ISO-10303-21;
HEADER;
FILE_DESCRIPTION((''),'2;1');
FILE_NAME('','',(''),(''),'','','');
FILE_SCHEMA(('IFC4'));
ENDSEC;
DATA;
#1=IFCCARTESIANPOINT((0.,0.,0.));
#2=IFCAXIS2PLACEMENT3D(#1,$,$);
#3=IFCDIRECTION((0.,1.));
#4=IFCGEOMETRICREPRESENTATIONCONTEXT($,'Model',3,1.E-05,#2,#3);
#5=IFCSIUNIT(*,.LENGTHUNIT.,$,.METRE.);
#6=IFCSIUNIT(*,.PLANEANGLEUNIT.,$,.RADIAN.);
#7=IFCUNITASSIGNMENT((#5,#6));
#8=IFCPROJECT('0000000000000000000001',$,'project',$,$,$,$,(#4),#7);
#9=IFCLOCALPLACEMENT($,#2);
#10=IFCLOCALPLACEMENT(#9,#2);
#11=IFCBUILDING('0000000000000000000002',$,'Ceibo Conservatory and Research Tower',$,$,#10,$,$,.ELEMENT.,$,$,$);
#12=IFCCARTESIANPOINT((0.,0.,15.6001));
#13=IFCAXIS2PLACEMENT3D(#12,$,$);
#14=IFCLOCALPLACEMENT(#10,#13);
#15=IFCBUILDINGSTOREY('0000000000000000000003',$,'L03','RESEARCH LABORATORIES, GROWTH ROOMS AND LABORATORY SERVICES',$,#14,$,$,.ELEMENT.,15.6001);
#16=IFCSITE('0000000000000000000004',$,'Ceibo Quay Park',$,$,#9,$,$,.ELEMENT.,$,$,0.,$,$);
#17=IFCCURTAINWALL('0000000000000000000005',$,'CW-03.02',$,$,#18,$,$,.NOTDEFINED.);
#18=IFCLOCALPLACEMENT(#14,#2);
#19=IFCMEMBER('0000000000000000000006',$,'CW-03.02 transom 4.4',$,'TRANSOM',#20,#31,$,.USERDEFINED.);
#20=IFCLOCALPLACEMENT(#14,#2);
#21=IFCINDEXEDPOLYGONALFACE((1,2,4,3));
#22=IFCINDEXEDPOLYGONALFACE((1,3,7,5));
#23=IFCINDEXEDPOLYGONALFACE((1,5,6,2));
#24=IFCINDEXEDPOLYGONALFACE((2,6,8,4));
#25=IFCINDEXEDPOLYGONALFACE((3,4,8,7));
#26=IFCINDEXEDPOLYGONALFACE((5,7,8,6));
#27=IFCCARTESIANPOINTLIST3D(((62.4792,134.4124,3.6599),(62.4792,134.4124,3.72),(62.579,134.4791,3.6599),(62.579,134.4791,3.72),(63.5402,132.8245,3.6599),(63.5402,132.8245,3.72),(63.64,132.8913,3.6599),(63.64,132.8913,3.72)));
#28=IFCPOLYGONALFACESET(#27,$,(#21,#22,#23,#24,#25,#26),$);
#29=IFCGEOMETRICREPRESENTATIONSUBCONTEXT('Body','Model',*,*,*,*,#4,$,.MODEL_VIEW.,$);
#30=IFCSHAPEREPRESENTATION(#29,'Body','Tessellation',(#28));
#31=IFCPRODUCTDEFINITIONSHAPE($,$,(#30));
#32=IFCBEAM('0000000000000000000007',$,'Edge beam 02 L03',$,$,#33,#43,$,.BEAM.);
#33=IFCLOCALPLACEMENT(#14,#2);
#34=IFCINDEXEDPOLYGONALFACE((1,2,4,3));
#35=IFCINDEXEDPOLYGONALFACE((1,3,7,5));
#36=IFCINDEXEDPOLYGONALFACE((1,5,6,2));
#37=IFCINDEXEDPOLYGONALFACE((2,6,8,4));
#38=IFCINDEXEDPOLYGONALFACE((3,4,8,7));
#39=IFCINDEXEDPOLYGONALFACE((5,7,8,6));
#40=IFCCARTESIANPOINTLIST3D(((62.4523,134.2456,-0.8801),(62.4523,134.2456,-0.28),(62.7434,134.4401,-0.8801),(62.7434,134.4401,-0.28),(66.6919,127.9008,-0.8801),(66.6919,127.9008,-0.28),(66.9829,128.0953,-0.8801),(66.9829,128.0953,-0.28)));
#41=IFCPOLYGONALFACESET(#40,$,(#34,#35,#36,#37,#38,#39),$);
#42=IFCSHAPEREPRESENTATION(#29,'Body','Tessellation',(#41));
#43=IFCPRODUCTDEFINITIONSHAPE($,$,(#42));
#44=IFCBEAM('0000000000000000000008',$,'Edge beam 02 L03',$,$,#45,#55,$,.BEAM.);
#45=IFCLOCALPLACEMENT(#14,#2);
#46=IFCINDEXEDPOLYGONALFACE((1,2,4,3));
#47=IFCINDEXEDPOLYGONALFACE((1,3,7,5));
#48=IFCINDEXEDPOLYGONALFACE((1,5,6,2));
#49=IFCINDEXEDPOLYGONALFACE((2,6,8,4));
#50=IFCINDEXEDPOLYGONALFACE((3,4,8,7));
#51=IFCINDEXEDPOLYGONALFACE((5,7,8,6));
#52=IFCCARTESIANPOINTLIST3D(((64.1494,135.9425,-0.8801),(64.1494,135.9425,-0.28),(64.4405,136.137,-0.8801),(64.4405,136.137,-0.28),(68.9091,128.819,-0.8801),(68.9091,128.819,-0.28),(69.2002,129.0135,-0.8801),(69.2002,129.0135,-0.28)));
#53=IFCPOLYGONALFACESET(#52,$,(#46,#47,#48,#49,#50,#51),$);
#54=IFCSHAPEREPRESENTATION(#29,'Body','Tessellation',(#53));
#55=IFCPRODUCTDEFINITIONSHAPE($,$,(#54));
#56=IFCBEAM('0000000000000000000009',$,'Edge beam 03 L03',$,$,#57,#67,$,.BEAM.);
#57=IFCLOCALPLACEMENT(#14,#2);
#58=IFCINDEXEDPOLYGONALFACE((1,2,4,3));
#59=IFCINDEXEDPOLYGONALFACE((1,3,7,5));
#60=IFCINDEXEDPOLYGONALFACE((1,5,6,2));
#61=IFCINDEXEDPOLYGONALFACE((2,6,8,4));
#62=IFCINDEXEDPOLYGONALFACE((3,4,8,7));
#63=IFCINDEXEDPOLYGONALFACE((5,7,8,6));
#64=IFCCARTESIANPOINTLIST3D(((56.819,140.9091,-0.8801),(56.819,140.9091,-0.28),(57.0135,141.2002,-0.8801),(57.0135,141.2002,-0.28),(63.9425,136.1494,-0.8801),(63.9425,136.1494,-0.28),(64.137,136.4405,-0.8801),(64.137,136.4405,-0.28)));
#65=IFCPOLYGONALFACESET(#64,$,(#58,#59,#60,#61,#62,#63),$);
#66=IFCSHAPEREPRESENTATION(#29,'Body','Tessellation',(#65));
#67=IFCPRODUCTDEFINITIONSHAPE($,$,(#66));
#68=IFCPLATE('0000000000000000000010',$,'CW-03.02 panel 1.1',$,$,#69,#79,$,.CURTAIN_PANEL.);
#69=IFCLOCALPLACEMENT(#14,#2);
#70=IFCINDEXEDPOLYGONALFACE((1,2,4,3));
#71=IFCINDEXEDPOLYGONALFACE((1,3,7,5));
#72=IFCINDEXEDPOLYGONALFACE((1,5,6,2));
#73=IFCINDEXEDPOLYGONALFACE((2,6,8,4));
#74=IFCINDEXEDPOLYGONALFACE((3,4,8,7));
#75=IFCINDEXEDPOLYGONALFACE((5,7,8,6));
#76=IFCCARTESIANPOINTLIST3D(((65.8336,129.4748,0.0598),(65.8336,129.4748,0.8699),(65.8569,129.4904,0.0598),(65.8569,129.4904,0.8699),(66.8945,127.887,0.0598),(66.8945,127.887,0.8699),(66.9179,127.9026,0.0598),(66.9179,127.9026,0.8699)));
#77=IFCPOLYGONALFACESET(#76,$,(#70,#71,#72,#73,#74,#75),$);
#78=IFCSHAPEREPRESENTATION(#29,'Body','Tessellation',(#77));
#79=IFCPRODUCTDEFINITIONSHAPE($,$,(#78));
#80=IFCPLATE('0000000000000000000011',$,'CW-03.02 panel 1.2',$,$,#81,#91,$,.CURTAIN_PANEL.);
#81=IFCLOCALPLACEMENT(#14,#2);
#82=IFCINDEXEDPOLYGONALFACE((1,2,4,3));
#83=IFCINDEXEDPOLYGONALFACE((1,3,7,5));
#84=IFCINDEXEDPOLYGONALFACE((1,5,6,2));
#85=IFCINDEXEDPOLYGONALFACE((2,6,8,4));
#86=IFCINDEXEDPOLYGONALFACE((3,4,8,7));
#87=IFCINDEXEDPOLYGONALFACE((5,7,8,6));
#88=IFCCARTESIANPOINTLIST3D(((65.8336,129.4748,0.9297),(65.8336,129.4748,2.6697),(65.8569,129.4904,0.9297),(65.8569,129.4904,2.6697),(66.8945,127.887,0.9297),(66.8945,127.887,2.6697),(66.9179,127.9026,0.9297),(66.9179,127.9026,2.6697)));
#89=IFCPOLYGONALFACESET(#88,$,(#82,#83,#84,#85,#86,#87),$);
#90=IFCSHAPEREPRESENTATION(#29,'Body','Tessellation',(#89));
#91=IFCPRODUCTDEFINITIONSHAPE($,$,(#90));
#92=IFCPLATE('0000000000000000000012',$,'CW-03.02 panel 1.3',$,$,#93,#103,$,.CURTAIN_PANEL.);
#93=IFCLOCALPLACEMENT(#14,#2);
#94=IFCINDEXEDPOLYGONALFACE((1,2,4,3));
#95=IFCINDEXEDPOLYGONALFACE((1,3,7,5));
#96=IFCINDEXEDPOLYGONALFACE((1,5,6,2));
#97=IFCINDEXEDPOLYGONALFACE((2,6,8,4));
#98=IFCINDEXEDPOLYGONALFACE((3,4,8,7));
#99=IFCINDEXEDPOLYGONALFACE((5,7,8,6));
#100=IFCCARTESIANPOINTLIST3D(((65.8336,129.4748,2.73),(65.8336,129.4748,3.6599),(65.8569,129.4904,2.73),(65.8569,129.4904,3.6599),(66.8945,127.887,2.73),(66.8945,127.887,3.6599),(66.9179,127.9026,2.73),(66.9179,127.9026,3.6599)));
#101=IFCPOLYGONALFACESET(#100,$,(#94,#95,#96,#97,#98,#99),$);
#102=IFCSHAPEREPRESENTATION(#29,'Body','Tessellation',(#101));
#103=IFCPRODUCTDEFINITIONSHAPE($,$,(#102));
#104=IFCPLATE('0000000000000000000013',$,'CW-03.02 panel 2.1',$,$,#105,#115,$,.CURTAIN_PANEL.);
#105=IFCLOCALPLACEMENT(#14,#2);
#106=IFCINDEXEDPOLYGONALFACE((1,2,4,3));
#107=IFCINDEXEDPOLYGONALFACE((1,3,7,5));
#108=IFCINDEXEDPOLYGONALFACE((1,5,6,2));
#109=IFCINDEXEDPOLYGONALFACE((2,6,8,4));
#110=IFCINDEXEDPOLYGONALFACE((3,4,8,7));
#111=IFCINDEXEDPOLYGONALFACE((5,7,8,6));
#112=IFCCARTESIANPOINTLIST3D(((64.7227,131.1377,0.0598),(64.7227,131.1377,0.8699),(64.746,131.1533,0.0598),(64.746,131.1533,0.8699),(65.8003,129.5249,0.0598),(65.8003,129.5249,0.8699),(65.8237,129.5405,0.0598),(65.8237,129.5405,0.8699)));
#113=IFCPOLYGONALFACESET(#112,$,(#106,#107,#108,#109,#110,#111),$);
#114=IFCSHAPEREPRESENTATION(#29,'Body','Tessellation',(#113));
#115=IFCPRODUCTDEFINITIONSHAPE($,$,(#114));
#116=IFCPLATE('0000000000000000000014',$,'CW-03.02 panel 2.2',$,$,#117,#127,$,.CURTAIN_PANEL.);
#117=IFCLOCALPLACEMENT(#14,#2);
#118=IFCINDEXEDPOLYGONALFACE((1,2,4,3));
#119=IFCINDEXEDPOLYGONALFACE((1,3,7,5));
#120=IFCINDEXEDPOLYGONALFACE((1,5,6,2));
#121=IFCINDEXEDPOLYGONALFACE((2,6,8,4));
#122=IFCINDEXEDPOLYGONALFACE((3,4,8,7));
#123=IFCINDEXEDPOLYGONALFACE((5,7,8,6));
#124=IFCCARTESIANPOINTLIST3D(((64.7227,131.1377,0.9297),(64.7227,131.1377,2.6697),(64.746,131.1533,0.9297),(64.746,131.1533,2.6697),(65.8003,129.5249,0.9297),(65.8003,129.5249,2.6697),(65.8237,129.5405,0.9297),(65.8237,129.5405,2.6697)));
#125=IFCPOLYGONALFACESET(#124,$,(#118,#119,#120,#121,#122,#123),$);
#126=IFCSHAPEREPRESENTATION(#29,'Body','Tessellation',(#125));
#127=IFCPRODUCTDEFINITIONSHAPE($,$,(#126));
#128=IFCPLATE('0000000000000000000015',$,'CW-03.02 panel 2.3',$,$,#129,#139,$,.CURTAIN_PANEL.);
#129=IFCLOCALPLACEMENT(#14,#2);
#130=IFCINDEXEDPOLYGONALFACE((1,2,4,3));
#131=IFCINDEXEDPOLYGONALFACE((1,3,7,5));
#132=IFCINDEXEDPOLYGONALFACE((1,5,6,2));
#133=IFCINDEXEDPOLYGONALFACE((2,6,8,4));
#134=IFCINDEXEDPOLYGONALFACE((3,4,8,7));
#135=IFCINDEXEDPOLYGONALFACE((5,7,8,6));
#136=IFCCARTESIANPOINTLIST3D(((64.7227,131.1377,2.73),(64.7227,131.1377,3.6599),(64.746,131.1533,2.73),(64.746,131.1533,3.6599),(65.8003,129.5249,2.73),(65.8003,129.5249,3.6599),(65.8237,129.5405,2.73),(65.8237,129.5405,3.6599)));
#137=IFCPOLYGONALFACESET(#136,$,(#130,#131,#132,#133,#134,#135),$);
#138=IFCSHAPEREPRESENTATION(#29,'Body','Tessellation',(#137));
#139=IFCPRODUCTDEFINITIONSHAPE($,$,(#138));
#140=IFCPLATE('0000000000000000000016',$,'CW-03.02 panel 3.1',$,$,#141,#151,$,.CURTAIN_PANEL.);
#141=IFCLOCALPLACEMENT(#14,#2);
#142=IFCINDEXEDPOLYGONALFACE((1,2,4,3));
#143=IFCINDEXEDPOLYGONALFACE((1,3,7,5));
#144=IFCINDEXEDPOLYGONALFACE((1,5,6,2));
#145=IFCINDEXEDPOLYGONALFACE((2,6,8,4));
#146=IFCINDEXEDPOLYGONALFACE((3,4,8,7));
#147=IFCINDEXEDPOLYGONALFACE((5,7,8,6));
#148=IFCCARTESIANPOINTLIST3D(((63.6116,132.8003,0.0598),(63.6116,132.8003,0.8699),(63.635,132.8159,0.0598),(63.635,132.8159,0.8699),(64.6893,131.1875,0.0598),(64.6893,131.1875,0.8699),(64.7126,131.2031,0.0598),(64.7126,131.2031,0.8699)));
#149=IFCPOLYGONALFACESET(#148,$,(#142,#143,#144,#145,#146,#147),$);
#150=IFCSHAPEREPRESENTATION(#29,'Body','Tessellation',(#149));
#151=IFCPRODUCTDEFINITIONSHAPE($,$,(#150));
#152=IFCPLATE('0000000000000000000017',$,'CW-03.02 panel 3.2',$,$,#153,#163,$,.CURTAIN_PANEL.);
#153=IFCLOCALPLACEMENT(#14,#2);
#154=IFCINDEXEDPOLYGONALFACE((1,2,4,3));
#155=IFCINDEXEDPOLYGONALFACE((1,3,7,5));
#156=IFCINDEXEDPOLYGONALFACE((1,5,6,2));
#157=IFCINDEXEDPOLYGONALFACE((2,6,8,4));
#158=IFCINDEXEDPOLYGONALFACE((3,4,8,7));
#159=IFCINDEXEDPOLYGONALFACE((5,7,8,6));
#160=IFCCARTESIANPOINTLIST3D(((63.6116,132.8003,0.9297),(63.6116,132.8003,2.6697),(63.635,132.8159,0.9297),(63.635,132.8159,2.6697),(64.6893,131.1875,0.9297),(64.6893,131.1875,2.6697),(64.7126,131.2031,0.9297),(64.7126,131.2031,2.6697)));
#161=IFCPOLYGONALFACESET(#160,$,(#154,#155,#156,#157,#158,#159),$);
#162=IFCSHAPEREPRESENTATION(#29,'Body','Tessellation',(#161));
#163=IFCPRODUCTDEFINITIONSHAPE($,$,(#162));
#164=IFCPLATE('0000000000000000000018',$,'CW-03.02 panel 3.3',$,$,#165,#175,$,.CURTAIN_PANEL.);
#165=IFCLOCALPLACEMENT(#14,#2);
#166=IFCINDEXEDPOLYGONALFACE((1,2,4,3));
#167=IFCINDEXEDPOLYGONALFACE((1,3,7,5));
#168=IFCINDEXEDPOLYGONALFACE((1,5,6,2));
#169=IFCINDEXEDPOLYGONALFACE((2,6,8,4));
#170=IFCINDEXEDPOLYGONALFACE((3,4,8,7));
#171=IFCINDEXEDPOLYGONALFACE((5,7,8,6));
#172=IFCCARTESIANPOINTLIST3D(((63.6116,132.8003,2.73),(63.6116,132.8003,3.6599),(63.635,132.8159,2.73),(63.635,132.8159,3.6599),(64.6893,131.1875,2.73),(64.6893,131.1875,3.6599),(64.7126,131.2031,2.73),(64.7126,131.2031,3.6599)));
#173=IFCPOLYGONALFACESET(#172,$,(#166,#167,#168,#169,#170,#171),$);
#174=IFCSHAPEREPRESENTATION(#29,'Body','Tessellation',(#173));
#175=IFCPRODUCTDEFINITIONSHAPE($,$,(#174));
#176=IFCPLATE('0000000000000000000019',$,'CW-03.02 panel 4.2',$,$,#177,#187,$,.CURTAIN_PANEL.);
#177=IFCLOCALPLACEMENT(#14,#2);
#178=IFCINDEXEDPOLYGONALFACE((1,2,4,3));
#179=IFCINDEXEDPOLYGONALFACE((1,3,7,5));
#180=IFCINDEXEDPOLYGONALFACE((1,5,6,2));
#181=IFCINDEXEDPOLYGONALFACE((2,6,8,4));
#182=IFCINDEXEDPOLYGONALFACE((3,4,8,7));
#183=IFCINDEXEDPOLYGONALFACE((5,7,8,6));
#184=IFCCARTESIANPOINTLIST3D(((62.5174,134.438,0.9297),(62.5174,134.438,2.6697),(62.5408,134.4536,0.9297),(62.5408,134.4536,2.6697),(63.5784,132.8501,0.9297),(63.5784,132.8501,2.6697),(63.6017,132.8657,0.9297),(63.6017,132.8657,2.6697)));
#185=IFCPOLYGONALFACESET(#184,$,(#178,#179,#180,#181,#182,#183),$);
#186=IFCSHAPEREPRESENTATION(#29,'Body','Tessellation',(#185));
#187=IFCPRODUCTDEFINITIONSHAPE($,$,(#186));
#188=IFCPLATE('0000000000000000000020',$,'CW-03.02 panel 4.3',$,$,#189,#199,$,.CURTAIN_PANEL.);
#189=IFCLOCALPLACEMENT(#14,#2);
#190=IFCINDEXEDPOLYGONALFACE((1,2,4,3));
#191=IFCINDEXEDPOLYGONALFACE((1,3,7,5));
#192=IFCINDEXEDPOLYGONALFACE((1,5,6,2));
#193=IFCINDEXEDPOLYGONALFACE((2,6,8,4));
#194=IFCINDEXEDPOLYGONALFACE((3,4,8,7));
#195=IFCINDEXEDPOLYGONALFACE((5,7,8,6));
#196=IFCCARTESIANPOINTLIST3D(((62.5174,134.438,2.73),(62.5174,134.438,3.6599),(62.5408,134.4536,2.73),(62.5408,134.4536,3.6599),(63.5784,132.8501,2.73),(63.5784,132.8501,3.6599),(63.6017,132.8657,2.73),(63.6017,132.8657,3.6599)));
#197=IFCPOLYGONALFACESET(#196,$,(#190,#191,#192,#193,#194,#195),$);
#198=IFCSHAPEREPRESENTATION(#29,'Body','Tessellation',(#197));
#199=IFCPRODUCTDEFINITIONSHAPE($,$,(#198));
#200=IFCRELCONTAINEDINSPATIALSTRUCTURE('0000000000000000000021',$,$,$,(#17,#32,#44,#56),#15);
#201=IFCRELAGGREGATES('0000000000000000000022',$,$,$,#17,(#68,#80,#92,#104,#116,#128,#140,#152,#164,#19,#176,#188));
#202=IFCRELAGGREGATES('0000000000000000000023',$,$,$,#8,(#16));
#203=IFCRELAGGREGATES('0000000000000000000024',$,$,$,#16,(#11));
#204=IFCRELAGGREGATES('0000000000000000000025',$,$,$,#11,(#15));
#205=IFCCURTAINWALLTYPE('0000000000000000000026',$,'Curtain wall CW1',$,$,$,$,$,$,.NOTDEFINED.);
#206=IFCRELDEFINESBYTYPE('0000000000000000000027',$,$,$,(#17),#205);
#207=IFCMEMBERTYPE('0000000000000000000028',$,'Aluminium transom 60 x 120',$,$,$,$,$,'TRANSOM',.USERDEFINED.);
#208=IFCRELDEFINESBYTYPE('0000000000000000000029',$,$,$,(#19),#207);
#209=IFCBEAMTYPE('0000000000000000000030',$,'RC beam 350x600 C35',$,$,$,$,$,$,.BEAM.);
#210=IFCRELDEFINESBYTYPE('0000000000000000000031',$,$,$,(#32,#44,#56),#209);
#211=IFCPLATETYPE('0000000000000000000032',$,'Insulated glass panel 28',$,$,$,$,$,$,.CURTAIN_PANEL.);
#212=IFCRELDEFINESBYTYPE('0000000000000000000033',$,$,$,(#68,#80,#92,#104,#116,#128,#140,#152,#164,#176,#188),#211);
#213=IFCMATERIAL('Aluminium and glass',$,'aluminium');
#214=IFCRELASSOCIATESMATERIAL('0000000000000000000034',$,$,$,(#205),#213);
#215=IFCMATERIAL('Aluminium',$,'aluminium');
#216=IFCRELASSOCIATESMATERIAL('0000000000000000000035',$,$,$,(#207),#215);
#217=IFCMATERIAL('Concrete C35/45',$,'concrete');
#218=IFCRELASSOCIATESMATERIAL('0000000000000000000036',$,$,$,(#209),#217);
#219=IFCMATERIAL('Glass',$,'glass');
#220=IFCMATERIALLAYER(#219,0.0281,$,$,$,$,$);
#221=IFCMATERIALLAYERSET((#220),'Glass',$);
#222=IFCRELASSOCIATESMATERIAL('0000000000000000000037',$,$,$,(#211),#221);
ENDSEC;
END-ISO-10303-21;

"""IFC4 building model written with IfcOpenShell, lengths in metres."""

from ifc_helpers import new_model, si_unit, direction, frame, origin, origin_2d, place, context, subcontext, project, spatial, rectangle, extrude, material, layer, layer_set, material_profile, profile_set, type_object, element, aggregate, save


model = new_model("IFC4")

# Units and contexts
model_context = context("Model", 3, precision=1e-05, world=origin(), true_north=direction((0.0, 1.0)))
body_context = subcontext(model_context, "Body", "Model", "MODEL_VIEW")
ifc_project = project(units=[si_unit("LENGTHUNIT", "METRE"), si_unit("PLANEANGLEUNIT", "RADIAN")], contexts=[model_context])

# Site, building, storey
site_placement = place(None, origin())
site = spatial("IfcSite", under=ifc_project, at=site_placement, Name="Ceibo Quay Park", CompositionType="ELEMENT", RefElevation=0.0)
building_placement = place(site_placement, origin())
building = spatial("IfcBuilding", under=site, at=building_placement, Name="Ceibo Conservatory and Research Tower", CompositionType="ELEMENT")
storey_placement = place(building_placement, frame((0.0, 0.0, 15.6001)))
storey = spatial("IfcBuildingStorey", under=building, at=storey_placement, Name="L03", Description="RESEARCH LABORATORIES, GROWTH ROOMS AND LABORATORY SERVICES", CompositionType="ELEMENT", Elevation=15.6001)

# Curtain wall, member
ifc_material_1 = material(Name="Aluminium and glass", Category="aluminium")
curtain_wall_type = type_object("IfcCurtainWallType", Name="Curtain wall CW1", PredefinedType="NOTDEFINED", material=ifc_material_1)
curtain_wall_placement = place(storey_placement, origin())
curtain_wall = element("IfcCurtainWall", 1, at=curtain_wall_placement, inside=storey, type_object=curtain_wall_type, Name="CW-03.02", PredefinedType="NOTDEFINED")
ifc_material_2 = material(Name="Aluminium", Category="aluminium")
ifc_material_profile_1 = material_profile(ifc_material_2, rectangle(XDim=0.1201, YDim=0.0601, at=origin_2d()), Name="Aluminium 60 x 120")
ifc_profile_set_1 = profile_set([ifc_material_profile_1], Name="Aluminium")
member_type_1 = type_object("IfcMemberType", Name="Aluminium transom 60 x 120", ElementType="TRANSOM", PredefinedType="USERDEFINED", material=ifc_profile_set_1)
member_1_placement = place(storey_placement, frame((63.5901, 132.8579, 3.6899), z_axis=(-0.555585, 0.83146, 0.0), x_axis=(-0.83146, -0.555585, 0.0)))
member_1 = element("IfcMember", 2, at=member_1_placement, type_object=member_type_1, Name="CW-03.02 transom 4.4", ObjectType="TRANSOM", PredefinedType="USERDEFINED", context=body_context, shape_type="SweptSolid", body=[
    extrude(rectangle(XDim=0.1201, YDim=0.0601, at=origin_2d()), origin(), (0.0, 0.0, 1.0), 1.9097),
])

# Beams
ifc_material_3 = material(Name="Concrete C35/45", Category="concrete")
ifc_material_profile_2 = material_profile(ifc_material_3, rectangle(XDim=0.3501, YDim=0.6001, at=origin_2d()), Name="RC 350x600")
ifc_profile_set_2 = profile_set([ifc_material_profile_2], Name="Concrete C35/45")
beam_type = type_object("IfcBeamType", Name="RC beam 350x600 C35", PredefinedType="BEAM", material=ifc_profile_set_2)
beam_placement = place(storey_placement, frame((66.8374, 127.998, -0.5801), z_axis=(-0.555578, 0.831464, 0.0), x_axis=(-0.831464, -0.555578, 0.0)))
element("IfcBeam", 3, at=beam_placement, inside=storey, type_object=beam_type, Name="Edge beam 02 L03", PredefinedType="BEAM", context=body_context, shape_type="SweptSolid", body=[
    extrude(rectangle(XDim=0.3501, YDim=0.6001, at=origin_2d()), origin(), (0.0, 0.0, 1.0), 7.6309),
])
for number, where, z_axis, x_axis, name in (
    (4, (69.0547, 128.9163, -0.5801), (-0.555568, 0.831471, 0.0), (-0.831471, -0.555568, 0.0), "Edge beam 02 L03"),
    (5, (64.0398, 136.2949, -0.5801), (-0.831471, 0.555568, 0.0), (-0.555568, -0.831471, 0.0), "Edge beam 03 L03"),
):
    element("IfcBeam", number, at=place(storey_placement, frame(where, z_axis=z_axis, x_axis=x_axis)), inside=storey, type_object=beam_type, Name=name, PredefinedType="BEAM", context=body_context, shape_type="SweptSolid", body=[
        extrude(rectangle(XDim=0.3501, YDim=0.6001, at=origin_2d()), origin(), (0.0, 0.0, 1.0), 8.5674),
    ])

# Plates
ifc_material_4 = material(Name="Glass", Category="glass")
ifc_layer_1 = layer(ifc_material_4, 0.0281)
ifc_layer_set_1 = layer_set([ifc_layer_1], Name="Glass")
plate_type = type_object("IfcPlateType", Name="Insulated glass panel 28", PredefinedType="CURTAIN_PANEL", material=ifc_layer_set_1)
plate_1_placement = place(storey_placement, frame((66.3757, 128.6887, 0.0598), z_axis=(0.0, 0.0, 1.0), x_axis=(-0.55557, 0.83147, 0.0)))
plate_1 = element("IfcPlate", 6, at=plate_1_placement, type_object=plate_type, Name="CW-03.02 panel 1.1", PredefinedType="CURTAIN_PANEL", context=body_context, shape_type="SweptSolid", body=[
    extrude(rectangle(XDim=1.9097, YDim=0.0281, at=origin_2d()), origin(), (0.0, 0.0, 1.0), 0.8101),
])
plate_2_placement = place(storey_placement, frame((66.3757, 128.6887, 0.9297), z_axis=(0.0, 0.0, 1.0), x_axis=(-0.55557, 0.83147, 0.0)))
plate_2 = element("IfcPlate", 7, at=plate_2_placement, type_object=plate_type, Name="CW-03.02 panel 1.2", PredefinedType="CURTAIN_PANEL", context=body_context, shape_type="SweptSolid", body=[
    extrude(rectangle(XDim=1.9097, YDim=0.0281, at=origin_2d()), origin(), (0.0, 0.0, 1.0), 1.74),
])
plate_3_placement = place(storey_placement, frame((66.3757, 128.6887, 2.73), z_axis=(0.0, 0.0, 1.0), x_axis=(-0.55557, 0.83147, 0.0)))
plate_3 = element("IfcPlate", 8, at=plate_3_placement, type_object=plate_type, Name="CW-03.02 panel 1.3", PredefinedType="CURTAIN_PANEL", context=body_context, shape_type="SweptSolid", body=[
    extrude(rectangle(XDim=1.9097, YDim=0.0281, at=origin_2d()), origin(), (0.0, 0.0, 1.0), 0.9299),
])
plate_4_placement = place(storey_placement, frame((65.2732, 130.3391, 0.0598), z_axis=(0.0, 0.0, 1.0), x_axis=(-0.55557, 0.83147, 0.0)))
plate_4 = element("IfcPlate", 9, at=plate_4_placement, type_object=plate_type, Name="CW-03.02 panel 2.1", PredefinedType="CURTAIN_PANEL", context=body_context, shape_type="SweptSolid", body=[
    extrude(rectangle(XDim=1.9397, YDim=0.0281, at=origin_2d()), origin(), (0.0, 0.0, 1.0), 0.8101),
])
plate_5_placement = place(storey_placement, frame((65.2732, 130.3391, 0.9297), z_axis=(0.0, 0.0, 1.0), x_axis=(-0.55557, 0.83147, 0.0)))
plate_5 = element("IfcPlate", 10, at=plate_5_placement, type_object=plate_type, Name="CW-03.02 panel 2.2", PredefinedType="CURTAIN_PANEL", context=body_context, shape_type="SweptSolid", body=[
    extrude(rectangle(XDim=1.9397, YDim=0.0281, at=origin_2d()), origin(), (0.0, 0.0, 1.0), 1.74),
])
plate_6_placement = place(storey_placement, frame((65.2732, 130.3391, 2.73), z_axis=(0.0, 0.0, 1.0), x_axis=(-0.55557, 0.83147, 0.0)))
plate_6 = element("IfcPlate", 11, at=plate_6_placement, type_object=plate_type, Name="CW-03.02 panel 2.3", PredefinedType="CURTAIN_PANEL", context=body_context, shape_type="SweptSolid", body=[
    extrude(rectangle(XDim=1.9397, YDim=0.0281, at=origin_2d()), origin(), (0.0, 0.0, 1.0), 0.9299),
])
plate_7_placement = place(storey_placement, frame((64.1621, 132.0017, 0.0598), z_axis=(0.0, 0.0, 1.0), x_axis=(-0.55557, 0.83147, 0.0)))
plate_7 = element("IfcPlate", 12, at=plate_7_placement, type_object=plate_type, Name="CW-03.02 panel 3.1", PredefinedType="CURTAIN_PANEL", context=body_context, shape_type="SweptSolid", body=[
    extrude(rectangle(XDim=1.9397, YDim=0.0281, at=origin_2d()), origin(), (0.0, 0.0, 1.0), 0.8101),
])
plate_8_placement = place(storey_placement, frame((64.1621, 132.0017, 0.9297), z_axis=(0.0, 0.0, 1.0), x_axis=(-0.55557, 0.83147, 0.0)))
plate_8 = element("IfcPlate", 13, at=plate_8_placement, type_object=plate_type, Name="CW-03.02 panel 3.2", PredefinedType="CURTAIN_PANEL", context=body_context, shape_type="SweptSolid", body=[
    extrude(rectangle(XDim=1.9397, YDim=0.0281, at=origin_2d()), origin(), (0.0, 0.0, 1.0), 1.74),
])
plate_9_placement = place(storey_placement, frame((64.1621, 132.0017, 2.73), z_axis=(0.0, 0.0, 1.0), x_axis=(-0.55557, 0.83147, 0.0)))
plate_9 = element("IfcPlate", 14, at=plate_9_placement, type_object=plate_type, Name="CW-03.02 panel 3.3", PredefinedType="CURTAIN_PANEL", context=body_context, shape_type="SweptSolid", body=[
    extrude(rectangle(XDim=1.9397, YDim=0.0281, at=origin_2d()), origin(), (0.0, 0.0, 1.0), 0.9299),
])
plate_10_placement = place(storey_placement, frame((63.0596, 133.6519, 0.9297), z_axis=(0.0, 0.0, 1.0), x_axis=(-0.55557, 0.83147, 0.0)))
plate_10 = element("IfcPlate", 15, at=plate_10_placement, type_object=plate_type, Name="CW-03.02 panel 4.2", PredefinedType="CURTAIN_PANEL", context=body_context, shape_type="SweptSolid", body=[
    extrude(rectangle(XDim=1.9097, YDim=0.0281, at=origin_2d()), origin(), (0.0, 0.0, 1.0), 1.74),
])
plate_11_placement = place(storey_placement, frame((63.0596, 133.6519, 2.73), z_axis=(0.0, 0.0, 1.0), x_axis=(-0.55557, 0.83147, 0.0)))
plate_11 = element("IfcPlate", 16, at=plate_11_placement, type_object=plate_type, Name="CW-03.02 panel 4.3", PredefinedType="CURTAIN_PANEL", context=body_context, shape_type="SweptSolid", body=[
    extrude(rectangle(XDim=1.9097, YDim=0.0281, at=origin_2d()), origin(), (0.0, 0.0, 1.0), 0.9299),
])
aggregate(curtain_wall, [plate_1, plate_2, plate_3, plate_4, plate_5, plate_6, plate_7, plate_8, plate_9, member_1, plate_10, plate_11])

save(model, "model.ifc")
